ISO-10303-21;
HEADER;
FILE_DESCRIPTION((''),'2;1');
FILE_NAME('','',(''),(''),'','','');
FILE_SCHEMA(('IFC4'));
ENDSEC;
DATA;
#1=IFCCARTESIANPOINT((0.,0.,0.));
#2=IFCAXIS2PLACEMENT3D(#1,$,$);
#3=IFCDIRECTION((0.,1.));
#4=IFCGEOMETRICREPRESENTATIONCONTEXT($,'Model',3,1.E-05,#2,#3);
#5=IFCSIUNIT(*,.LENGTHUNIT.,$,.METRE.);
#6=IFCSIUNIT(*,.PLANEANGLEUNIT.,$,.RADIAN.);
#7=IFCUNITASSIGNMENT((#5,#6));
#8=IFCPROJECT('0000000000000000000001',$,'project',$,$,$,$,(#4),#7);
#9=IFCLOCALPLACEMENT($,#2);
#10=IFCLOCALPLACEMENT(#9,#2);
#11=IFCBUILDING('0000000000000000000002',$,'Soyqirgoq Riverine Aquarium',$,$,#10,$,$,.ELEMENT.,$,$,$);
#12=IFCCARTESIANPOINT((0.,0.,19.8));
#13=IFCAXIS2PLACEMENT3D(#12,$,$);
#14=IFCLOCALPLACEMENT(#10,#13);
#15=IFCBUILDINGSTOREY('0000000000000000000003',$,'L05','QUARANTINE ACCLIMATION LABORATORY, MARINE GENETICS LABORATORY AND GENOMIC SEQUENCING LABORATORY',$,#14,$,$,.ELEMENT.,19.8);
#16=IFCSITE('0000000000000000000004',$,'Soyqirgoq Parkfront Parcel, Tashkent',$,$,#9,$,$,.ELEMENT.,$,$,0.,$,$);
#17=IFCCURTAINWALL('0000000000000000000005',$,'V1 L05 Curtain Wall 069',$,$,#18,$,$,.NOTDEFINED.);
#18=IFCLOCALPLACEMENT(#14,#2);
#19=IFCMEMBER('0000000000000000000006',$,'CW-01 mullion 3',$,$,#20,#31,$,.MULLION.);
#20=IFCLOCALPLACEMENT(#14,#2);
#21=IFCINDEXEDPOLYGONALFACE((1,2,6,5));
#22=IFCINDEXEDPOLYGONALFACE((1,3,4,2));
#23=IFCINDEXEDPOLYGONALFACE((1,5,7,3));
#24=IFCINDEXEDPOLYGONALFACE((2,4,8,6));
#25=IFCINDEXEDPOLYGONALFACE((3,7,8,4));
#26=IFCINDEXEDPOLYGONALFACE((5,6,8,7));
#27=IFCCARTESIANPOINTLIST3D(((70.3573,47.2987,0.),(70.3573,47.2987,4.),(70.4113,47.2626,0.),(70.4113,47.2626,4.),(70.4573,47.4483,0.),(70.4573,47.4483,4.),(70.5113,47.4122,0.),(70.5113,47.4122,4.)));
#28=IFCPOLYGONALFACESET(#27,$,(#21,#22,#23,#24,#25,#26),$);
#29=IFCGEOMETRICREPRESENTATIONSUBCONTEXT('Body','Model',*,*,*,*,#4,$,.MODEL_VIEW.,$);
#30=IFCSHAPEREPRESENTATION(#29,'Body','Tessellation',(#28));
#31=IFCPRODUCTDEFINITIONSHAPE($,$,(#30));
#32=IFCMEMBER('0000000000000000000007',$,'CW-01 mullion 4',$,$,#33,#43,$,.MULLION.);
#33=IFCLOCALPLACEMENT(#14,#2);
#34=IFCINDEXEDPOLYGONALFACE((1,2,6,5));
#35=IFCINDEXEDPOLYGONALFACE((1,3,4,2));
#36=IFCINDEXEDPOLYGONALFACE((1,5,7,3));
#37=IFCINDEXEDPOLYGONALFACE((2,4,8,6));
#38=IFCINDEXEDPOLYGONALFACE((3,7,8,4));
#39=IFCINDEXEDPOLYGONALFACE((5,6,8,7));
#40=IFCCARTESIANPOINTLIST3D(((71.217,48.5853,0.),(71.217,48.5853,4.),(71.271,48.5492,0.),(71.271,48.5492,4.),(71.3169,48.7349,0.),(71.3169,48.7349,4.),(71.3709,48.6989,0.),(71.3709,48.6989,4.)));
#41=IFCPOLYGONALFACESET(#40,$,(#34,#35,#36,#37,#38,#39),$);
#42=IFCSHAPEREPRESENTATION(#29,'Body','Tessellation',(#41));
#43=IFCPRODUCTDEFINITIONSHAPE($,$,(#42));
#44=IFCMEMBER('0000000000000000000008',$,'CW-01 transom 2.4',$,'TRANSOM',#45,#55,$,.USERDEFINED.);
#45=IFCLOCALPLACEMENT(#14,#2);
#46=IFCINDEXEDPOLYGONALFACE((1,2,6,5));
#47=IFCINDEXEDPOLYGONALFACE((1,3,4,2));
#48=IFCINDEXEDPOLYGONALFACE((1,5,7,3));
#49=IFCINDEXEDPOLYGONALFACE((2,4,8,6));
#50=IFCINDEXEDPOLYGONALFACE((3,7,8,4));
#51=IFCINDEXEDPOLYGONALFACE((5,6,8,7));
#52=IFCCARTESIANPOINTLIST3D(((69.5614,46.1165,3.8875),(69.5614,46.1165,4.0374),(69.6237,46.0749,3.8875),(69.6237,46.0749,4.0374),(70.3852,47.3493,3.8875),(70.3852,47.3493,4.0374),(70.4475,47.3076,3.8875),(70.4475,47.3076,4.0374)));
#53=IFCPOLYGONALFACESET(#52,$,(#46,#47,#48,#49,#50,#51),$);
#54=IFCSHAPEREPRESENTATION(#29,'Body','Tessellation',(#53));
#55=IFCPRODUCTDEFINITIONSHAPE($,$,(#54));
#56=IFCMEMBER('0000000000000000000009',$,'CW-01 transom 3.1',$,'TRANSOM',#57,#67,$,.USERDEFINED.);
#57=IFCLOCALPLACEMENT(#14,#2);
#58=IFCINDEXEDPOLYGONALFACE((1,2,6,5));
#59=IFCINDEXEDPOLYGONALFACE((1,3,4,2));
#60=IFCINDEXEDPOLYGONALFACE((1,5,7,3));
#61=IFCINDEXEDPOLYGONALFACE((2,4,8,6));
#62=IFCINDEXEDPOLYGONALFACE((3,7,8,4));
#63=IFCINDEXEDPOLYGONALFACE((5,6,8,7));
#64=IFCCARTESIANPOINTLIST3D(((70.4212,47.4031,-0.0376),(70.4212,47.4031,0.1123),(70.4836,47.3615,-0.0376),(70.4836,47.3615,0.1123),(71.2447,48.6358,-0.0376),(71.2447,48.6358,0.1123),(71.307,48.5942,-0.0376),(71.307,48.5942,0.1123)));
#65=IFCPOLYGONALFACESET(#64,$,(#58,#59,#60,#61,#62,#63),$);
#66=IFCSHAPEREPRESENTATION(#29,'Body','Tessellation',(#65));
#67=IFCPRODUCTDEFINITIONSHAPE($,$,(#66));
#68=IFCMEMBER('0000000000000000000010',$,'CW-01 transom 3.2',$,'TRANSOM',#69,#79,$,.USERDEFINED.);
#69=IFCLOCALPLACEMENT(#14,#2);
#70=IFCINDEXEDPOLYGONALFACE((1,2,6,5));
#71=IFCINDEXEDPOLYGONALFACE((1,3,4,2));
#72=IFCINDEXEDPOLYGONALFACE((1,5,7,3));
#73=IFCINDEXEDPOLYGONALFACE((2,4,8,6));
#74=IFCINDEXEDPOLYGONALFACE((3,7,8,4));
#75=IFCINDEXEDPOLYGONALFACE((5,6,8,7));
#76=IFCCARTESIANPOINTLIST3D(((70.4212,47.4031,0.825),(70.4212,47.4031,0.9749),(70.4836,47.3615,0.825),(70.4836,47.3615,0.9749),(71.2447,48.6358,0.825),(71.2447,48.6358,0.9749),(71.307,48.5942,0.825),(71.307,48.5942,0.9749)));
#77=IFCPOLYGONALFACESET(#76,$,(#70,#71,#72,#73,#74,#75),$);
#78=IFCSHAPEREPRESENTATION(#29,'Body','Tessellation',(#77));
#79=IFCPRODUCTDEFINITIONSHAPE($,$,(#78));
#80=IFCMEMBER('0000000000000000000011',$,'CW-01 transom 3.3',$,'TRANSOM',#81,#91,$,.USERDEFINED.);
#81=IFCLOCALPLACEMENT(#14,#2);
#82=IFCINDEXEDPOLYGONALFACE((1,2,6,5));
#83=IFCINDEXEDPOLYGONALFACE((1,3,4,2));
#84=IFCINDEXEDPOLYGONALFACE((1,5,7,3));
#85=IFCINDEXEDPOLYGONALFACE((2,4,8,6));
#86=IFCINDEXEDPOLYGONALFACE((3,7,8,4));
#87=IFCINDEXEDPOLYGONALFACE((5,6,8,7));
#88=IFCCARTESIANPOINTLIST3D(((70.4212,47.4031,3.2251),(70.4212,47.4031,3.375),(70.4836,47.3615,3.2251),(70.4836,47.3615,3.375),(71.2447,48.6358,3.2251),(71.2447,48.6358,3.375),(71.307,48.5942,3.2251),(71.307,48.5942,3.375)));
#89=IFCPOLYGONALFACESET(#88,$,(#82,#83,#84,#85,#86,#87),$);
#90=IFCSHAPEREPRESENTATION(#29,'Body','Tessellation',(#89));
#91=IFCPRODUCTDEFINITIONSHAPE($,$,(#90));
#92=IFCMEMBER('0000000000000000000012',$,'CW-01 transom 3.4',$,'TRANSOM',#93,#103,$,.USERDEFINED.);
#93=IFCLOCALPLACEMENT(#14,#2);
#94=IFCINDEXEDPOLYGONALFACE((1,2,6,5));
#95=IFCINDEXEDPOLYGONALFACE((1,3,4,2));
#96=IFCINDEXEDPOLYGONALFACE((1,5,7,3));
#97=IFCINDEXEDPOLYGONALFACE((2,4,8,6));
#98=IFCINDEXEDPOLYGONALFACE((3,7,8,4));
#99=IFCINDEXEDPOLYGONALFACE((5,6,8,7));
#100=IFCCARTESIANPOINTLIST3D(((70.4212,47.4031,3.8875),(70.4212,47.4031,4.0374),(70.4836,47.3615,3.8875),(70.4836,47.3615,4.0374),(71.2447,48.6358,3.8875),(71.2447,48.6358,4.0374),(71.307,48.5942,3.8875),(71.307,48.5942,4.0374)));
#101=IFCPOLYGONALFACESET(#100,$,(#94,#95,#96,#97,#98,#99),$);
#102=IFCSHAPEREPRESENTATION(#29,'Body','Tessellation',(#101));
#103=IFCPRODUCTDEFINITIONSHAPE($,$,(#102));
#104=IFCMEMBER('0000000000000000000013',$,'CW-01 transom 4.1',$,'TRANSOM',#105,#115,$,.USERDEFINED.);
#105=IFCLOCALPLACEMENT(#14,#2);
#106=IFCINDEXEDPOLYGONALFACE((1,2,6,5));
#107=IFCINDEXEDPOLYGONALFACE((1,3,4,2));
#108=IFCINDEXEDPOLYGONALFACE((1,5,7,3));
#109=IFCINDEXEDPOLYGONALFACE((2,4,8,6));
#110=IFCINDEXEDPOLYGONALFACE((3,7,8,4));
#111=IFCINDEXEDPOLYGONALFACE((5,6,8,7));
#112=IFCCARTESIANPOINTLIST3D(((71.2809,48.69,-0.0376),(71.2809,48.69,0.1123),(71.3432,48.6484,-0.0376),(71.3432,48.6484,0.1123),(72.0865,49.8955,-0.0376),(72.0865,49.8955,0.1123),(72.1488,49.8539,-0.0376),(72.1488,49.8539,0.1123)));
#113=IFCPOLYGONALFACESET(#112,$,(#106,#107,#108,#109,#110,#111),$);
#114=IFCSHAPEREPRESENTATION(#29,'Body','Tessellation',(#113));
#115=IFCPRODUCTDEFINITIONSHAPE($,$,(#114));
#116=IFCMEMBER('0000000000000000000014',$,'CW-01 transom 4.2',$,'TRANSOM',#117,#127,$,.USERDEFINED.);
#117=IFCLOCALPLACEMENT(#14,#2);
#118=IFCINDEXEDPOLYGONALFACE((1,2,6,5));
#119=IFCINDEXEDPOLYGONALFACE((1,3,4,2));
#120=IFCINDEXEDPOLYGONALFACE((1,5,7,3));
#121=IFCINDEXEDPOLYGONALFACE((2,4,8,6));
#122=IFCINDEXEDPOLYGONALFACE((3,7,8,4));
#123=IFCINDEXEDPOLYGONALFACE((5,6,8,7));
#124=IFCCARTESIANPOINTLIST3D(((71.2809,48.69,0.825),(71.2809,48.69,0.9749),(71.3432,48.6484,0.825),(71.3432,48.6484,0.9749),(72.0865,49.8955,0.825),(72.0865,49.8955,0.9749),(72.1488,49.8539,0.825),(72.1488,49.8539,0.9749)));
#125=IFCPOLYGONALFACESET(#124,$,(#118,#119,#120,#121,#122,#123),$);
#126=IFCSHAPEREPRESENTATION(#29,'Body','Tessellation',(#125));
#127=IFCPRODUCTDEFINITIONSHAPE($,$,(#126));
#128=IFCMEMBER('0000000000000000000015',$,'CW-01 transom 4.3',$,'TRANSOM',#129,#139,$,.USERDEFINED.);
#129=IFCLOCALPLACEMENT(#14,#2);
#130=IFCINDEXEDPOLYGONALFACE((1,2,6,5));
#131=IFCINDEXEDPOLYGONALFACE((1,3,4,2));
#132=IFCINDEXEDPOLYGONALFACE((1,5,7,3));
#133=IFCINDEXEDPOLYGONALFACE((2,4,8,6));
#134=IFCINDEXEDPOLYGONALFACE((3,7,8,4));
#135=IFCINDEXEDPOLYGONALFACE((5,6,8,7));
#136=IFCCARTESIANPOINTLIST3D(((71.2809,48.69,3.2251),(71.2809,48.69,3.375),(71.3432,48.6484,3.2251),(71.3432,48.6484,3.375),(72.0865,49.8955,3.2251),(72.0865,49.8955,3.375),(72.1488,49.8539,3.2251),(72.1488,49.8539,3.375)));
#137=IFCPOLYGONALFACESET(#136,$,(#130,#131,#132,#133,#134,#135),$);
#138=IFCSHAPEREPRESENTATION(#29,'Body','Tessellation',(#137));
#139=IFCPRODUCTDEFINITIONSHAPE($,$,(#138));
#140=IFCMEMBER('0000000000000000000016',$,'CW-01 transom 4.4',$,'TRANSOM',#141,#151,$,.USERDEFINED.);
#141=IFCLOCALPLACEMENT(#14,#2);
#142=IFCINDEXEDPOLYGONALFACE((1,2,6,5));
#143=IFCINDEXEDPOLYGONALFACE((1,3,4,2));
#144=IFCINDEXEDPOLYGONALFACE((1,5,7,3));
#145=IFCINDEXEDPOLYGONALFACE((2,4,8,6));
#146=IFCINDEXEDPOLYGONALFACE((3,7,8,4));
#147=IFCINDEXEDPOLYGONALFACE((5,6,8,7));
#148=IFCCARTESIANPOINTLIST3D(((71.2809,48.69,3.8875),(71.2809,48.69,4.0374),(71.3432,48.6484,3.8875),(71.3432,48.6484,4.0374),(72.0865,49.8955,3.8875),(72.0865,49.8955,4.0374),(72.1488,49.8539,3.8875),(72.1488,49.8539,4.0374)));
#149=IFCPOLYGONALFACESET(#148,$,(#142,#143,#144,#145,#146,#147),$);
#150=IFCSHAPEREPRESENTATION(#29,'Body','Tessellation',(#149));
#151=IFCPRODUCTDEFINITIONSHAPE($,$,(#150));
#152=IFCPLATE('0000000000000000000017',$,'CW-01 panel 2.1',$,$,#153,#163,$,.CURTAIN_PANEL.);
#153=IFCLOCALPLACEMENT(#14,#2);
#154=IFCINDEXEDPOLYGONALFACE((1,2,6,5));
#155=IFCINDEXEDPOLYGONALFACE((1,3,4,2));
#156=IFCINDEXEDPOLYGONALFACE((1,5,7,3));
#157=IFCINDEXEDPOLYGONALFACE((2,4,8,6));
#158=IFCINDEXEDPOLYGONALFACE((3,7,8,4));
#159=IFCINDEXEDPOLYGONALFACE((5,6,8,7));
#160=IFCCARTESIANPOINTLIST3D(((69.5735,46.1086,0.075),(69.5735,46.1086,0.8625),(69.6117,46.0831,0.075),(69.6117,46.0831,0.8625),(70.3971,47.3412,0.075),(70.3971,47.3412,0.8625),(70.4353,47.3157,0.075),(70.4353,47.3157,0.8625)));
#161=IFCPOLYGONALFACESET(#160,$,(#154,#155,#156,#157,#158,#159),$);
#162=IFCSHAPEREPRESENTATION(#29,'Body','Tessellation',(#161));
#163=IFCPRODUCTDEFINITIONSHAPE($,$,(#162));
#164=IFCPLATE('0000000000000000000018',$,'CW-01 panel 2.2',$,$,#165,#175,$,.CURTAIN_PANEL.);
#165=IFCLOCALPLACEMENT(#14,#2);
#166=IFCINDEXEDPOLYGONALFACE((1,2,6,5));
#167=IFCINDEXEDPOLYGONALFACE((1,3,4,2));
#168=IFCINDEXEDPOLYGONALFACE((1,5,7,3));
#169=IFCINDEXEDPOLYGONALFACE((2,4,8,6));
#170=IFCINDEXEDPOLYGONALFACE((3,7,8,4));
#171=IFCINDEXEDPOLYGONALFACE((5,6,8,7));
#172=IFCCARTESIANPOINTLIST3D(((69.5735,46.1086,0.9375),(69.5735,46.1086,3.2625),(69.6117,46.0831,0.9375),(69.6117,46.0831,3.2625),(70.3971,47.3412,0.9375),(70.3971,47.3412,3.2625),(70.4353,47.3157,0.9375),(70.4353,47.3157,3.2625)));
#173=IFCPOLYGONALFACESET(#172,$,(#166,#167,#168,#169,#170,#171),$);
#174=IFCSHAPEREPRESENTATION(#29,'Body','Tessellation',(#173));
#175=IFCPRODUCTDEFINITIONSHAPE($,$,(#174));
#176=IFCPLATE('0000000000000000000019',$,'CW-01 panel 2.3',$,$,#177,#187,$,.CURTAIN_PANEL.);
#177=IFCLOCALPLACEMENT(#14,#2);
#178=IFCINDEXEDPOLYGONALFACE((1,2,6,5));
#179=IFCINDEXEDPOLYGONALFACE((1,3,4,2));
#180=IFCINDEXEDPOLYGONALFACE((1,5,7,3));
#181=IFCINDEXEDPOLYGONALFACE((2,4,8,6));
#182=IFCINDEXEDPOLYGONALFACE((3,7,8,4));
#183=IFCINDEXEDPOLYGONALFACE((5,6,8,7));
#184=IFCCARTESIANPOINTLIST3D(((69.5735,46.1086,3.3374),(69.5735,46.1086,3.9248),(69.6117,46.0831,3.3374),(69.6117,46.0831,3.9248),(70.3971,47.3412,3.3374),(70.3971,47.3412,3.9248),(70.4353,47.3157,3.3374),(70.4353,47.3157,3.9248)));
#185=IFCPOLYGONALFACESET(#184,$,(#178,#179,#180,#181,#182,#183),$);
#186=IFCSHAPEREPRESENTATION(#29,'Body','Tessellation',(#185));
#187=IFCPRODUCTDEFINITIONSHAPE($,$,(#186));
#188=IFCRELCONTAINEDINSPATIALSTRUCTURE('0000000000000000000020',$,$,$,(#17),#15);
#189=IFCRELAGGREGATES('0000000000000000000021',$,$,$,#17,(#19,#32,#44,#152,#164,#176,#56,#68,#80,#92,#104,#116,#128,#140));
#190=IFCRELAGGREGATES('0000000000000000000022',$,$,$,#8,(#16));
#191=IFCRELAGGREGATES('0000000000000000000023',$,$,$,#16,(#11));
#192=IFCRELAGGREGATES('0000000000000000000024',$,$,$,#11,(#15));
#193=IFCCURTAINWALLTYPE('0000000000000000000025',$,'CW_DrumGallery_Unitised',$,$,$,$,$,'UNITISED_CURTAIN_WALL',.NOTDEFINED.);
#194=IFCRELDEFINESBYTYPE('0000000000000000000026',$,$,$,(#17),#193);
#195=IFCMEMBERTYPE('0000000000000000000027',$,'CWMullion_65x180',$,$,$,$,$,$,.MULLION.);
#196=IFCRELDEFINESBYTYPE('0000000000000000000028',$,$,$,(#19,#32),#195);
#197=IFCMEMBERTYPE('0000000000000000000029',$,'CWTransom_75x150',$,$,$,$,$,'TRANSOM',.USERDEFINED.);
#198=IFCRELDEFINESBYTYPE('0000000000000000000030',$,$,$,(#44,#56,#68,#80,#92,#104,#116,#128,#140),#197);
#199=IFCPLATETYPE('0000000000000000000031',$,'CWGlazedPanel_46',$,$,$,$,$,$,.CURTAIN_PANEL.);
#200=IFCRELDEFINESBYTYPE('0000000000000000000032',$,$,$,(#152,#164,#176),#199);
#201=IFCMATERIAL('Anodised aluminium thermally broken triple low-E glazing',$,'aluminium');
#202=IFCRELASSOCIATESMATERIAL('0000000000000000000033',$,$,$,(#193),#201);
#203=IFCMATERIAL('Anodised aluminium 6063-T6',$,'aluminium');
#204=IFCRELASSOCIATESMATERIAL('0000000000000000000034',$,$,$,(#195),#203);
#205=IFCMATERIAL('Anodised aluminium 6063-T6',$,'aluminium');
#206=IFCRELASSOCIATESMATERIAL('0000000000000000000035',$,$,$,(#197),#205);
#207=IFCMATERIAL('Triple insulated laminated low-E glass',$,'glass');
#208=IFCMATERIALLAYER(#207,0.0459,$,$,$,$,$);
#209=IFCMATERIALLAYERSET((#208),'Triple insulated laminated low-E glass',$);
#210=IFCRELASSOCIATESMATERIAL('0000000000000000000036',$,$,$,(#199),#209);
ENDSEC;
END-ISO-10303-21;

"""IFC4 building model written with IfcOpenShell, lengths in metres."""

from ifc_helpers import new_model, si_unit, direction, frame, origin, origin_2d, place, context, subcontext, project, spatial, rectangle, extrude, material, layer, layer_set, material_profile, profile_set, type_object, element, aggregate, save


model = new_model("IFC4")

# Units and contexts
model_context = context("Model", 3, precision=1e-05, world=origin(), true_north=direction((0.0, 1.0)))
body_context = subcontext(model_context, "Body", "Model", "MODEL_VIEW")
ifc_project = project(units=[si_unit("LENGTHUNIT", "METRE"), si_unit("PLANEANGLEUNIT", "RADIAN")], contexts=[model_context])

# Site, building, storey
site_placement = place(None, origin())
site = spatial("IfcSite", under=ifc_project, at=site_placement, Name="Soyqirgoq Parkfront Parcel, Tashkent", CompositionType="ELEMENT", RefElevation=0.0)
building_placement = place(site_placement, origin())
building = spatial("IfcBuilding", under=site, at=building_placement, Name="Soyqirgoq Riverine Aquarium", CompositionType="ELEMENT")
storey_placement = place(building_placement, frame((0.0, 0.0, 19.8)))
storey = spatial("IfcBuildingStorey", under=building, at=storey_placement, Name="L05", Description="QUARANTINE ACCLIMATION LABORATORY, MARINE GENETICS LABORATORY AND GENOMIC SEQUENCING LABORATORY", CompositionType="ELEMENT", Elevation=19.8)

# Curtain wall, members, plates
ifc_material_1 = material(Name="Anodised aluminium thermally broken triple low-E glazing", Category="aluminium")
curtain_wall_type = type_object("IfcCurtainWallType", Name="CW_DrumGallery_Unitised", ElementType="UNITISED_CURTAIN_WALL", PredefinedType="NOTDEFINED", material=ifc_material_1)
curtain_wall_placement = place(storey_placement, origin())
curtain_wall = element("IfcCurtainWall", 1, at=curtain_wall_placement, inside=storey, type_object=curtain_wall_type, Name="V1 L05 Curtain Wall 069", PredefinedType="NOTDEFINED")
ifc_material_2 = material(Name="Anodised aluminium 6063-T6", Category="aluminium")
ifc_material_profile_1 = material_profile(ifc_material_2, rectangle(XDim=0.0649, YDim=0.1799, at=origin_2d()), Name="ALU-M 65x180")
ifc_profile_set_1 = profile_set([ifc_material_profile_1], Name="Anodised aluminium 6063-T6")
member_type_1 = type_object("IfcMemberType", Name="CWMullion_65x180", PredefinedType="MULLION", material=ifc_profile_set_1)
member_1_placement = place(storey_placement, frame((70.4343, 47.3555, 0.0), z_axis=(0.0, 0.0, 1.0), x_axis=(-0.831476, 0.555561, 0.0)))
member_1 = element("IfcMember", 2, at=member_1_placement, type_object=member_type_1, Name="CW-01 mullion 3", PredefinedType="MULLION", context=body_context, shape_type="SweptSolid", body=[
    extrude(rectangle(XDim=0.0649, YDim=0.1799, at=origin_2d()), origin(), (0.0, 0.0, 1.0), 4.0),
])
member_2_placement = place(storey_placement, frame((71.2939, 48.6421, 0.0), z_axis=(0.0, 0.0, 1.0), x_axis=(-0.831476, 0.555561, 0.0)))
member_2 = element("IfcMember", 3, at=member_2_placement, type_object=member_type_1, Name="CW-01 mullion 4", PredefinedType="MULLION", context=body_context, shape_type="SweptSolid", body=[
    extrude(rectangle(XDim=0.0649, YDim=0.1799, at=origin_2d()), origin(), (0.0, 0.0, 1.0), 4.0),
])
ifc_material_3 = material(Name="Anodised aluminium 6063-T6", Category="aluminium")
ifc_material_profile_2 = material_profile(ifc_material_3, rectangle(XDim=0.075, YDim=0.1499, at=origin_2d()), Name="ALU-T 75x150")
ifc_profile_set_2 = profile_set([ifc_material_profile_2], Name="Anodised aluminium 6063-T6")
member_type_2 = type_object("IfcMemberType", Name="CWTransom_75x150", ElementType="TRANSOM", PredefinedType="USERDEFINED", material=ifc_profile_set_2)
member_3_placement = place(storey_placement, frame((69.5925, 46.0957, 3.9624), z_axis=(0.555612, 0.831442, 0.0), x_axis=(-0.831442, 0.555612, 0.0)))
member_3 = element("IfcMember", 4, at=member_3_placement, type_object=member_type_2, Name="CW-01 transom 2.4", ObjectType="TRANSOM", PredefinedType="USERDEFINED", context=body_context, shape_type="SweptSolid", body=[
    extrude(rectangle(XDim=0.075, YDim=0.1499, at=origin_2d()), origin(), (0.0, 0.0, 1.0), 1.4827),
])
member_4_placement = place(storey_placement, frame((70.4524, 47.3823, 0.0374), z_axis=(0.555498, 0.831518, 0.0), x_axis=(-0.831518, 0.555498, 0.0)))
member_4 = element("IfcMember", 5, at=member_4_placement, type_object=member_type_2, Name="CW-01 transom 3.1", ObjectType="TRANSOM", PredefinedType="USERDEFINED", context=body_context, shape_type="SweptSolid", body=[
    extrude(rectangle(XDim=0.075, YDim=0.1499, at=origin_2d()), origin(), (0.0, 0.0, 1.0), 1.4824),
])
member_5_placement = place(storey_placement, frame((70.4524, 47.3823, 0.8999), z_axis=(0.555498, 0.831518, 0.0), x_axis=(-0.831518, 0.555498, 0.0)))
member_5 = element("IfcMember", 6, at=member_5_placement, type_object=member_type_2, Name="CW-01 transom 3.2", ObjectType="TRANSOM", PredefinedType="USERDEFINED", context=body_context, shape_type="SweptSolid", body=[
    extrude(rectangle(XDim=0.075, YDim=0.1499, at=origin_2d()), origin(), (0.0, 0.0, 1.0), 1.4824),
])
member_6_placement = place(storey_placement, frame((70.4524, 47.3823, 3.3), z_axis=(0.555498, 0.831518, 0.0), x_axis=(-0.831518, 0.555498, 0.0)))
member_6 = element("IfcMember", 7, at=member_6_placement, type_object=member_type_2, Name="CW-01 transom 3.3", ObjectType="TRANSOM", PredefinedType="USERDEFINED", context=body_context, shape_type="SweptSolid", body=[
    extrude(rectangle(XDim=0.075, YDim=0.1499, at=origin_2d()), origin(), (0.0, 0.0, 1.0), 1.4824),
])
member_7_placement = place(storey_placement, frame((70.4524, 47.3823, 3.9624), z_axis=(0.555498, 0.831518, 0.0), x_axis=(-0.831518, 0.555498, 0.0)))
member_7 = element("IfcMember", 8, at=member_7_placement, type_object=member_type_2, Name="CW-01 transom 3.4", ObjectType="TRANSOM", PredefinedType="USERDEFINED", context=body_context, shape_type="SweptSolid", body=[
    extrude(rectangle(XDim=0.075, YDim=0.1499, at=origin_2d()), origin(), (0.0, 0.0, 1.0), 1.4824),
])
member_8_placement = place(storey_placement, frame((71.312, 48.6692, 0.0374), z_axis=(0.555632, 0.831428, 0.0), x_axis=(-0.831428, 0.555632, 0.0)))
member_8 = element("IfcMember", 9, at=member_8_placement, type_object=member_type_2, Name="CW-01 transom 4.1", ObjectType="TRANSOM", PredefinedType="USERDEFINED", context=body_context, shape_type="SweptSolid", body=[
    extrude(rectangle(XDim=0.075, YDim=0.1499, at=origin_2d()), origin(), (0.0, 0.0, 1.0), 1.45),
])
member_9_placement = place(storey_placement, frame((71.312, 48.6692, 0.8999), z_axis=(0.555632, 0.831428, 0.0), x_axis=(-0.831428, 0.555632, 0.0)))
member_9 = element("IfcMember", 10, at=member_9_placement, type_object=member_type_2, Name="CW-01 transom 4.2", ObjectType="TRANSOM", PredefinedType="USERDEFINED", context=body_context, shape_type="SweptSolid", body=[
    extrude(rectangle(XDim=0.075, YDim=0.1499, at=origin_2d()), origin(), (0.0, 0.0, 1.0), 1.45),
])
member_10_placement = place(storey_placement, frame((71.312, 48.6692, 3.3), z_axis=(0.555632, 0.831428, 0.0), x_axis=(-0.831428, 0.555632, 0.0)))
member_10 = element("IfcMember", 11, at=member_10_placement, type_object=member_type_2, Name="CW-01 transom 4.3", ObjectType="TRANSOM", PredefinedType="USERDEFINED", context=body_context, shape_type="SweptSolid", body=[
    extrude(rectangle(XDim=0.075, YDim=0.1499, at=origin_2d()), origin(), (0.0, 0.0, 1.0), 1.45),
])
member_11_placement = place(storey_placement, frame((71.312, 48.6692, 3.9624), z_axis=(0.555632, 0.831428, 0.0), x_axis=(-0.831428, 0.555632, 0.0)))
member_11 = element("IfcMember", 12, at=member_11_placement, type_object=member_type_2, Name="CW-01 transom 4.4", ObjectType="TRANSOM", PredefinedType="USERDEFINED", context=body_context, shape_type="SweptSolid", body=[
    extrude(rectangle(XDim=0.075, YDim=0.1499, at=origin_2d()), origin(), (0.0, 0.0, 1.0), 1.45),
])
ifc_material_4 = material(Name="Triple insulated laminated low-E glass", Category="glass")
ifc_layer_1 = layer(ifc_material_4, 0.0459)
ifc_layer_set_1 = layer_set([ifc_layer_1], Name="Triple insulated laminated low-E glass")
plate_type = type_object("IfcPlateType", Name="CWGlazedPanel_46", PredefinedType="CURTAIN_PANEL", material=ifc_layer_set_1)
plate_1_placement = place(storey_placement, frame((70.0044, 46.7122, 0.075), z_axis=(0.0, 0.0, 1.0), x_axis=(0.555561, 0.831476, 0.0)))
plate_1 = element("IfcPlate", 13, at=plate_1_placement, type_object=plate_type, Name="CW-01 panel 2.1", PredefinedType="CURTAIN_PANEL", context=body_context, shape_type="SweptSolid", body=[
    extrude(rectangle(XDim=1.4824, YDim=0.0459, at=origin_2d()), origin(), (0.0, 0.0, 1.0), 0.7876),
])
plate_2_placement = place(storey_placement, frame((70.0044, 46.7122, 0.9375), z_axis=(0.0, 0.0, 1.0), x_axis=(0.555561, 0.831476, 0.0)))
plate_2 = element("IfcPlate", 14, at=plate_2_placement, type_object=plate_type, Name="CW-01 panel 2.2", PredefinedType="CURTAIN_PANEL", context=body_context, shape_type="SweptSolid", body=[
    extrude(rectangle(XDim=1.4824, YDim=0.0459, at=origin_2d()), origin(), (0.0, 0.0, 1.0), 2.325),
])
plate_3_placement = place(storey_placement, frame((70.0044, 46.7122, 3.3374), z_axis=(0.0, 0.0, 1.0), x_axis=(0.555561, 0.831476, 0.0)))
plate_3 = element("IfcPlate", 15, at=plate_3_placement, type_object=plate_type, Name="CW-01 panel 2.3", PredefinedType="CURTAIN_PANEL", context=body_context, shape_type="SweptSolid", body=[
    extrude(rectangle(XDim=1.4824, YDim=0.0459, at=origin_2d()), origin(), (0.0, 0.0, 1.0), 0.5874),
])
aggregate(curtain_wall, [member_1, member_2, member_3, plate_1, plate_2, plate_3, member_4, member_5, member_6, member_7, member_8, member_9, member_10, member_11])

save(model, "model.ifc")
